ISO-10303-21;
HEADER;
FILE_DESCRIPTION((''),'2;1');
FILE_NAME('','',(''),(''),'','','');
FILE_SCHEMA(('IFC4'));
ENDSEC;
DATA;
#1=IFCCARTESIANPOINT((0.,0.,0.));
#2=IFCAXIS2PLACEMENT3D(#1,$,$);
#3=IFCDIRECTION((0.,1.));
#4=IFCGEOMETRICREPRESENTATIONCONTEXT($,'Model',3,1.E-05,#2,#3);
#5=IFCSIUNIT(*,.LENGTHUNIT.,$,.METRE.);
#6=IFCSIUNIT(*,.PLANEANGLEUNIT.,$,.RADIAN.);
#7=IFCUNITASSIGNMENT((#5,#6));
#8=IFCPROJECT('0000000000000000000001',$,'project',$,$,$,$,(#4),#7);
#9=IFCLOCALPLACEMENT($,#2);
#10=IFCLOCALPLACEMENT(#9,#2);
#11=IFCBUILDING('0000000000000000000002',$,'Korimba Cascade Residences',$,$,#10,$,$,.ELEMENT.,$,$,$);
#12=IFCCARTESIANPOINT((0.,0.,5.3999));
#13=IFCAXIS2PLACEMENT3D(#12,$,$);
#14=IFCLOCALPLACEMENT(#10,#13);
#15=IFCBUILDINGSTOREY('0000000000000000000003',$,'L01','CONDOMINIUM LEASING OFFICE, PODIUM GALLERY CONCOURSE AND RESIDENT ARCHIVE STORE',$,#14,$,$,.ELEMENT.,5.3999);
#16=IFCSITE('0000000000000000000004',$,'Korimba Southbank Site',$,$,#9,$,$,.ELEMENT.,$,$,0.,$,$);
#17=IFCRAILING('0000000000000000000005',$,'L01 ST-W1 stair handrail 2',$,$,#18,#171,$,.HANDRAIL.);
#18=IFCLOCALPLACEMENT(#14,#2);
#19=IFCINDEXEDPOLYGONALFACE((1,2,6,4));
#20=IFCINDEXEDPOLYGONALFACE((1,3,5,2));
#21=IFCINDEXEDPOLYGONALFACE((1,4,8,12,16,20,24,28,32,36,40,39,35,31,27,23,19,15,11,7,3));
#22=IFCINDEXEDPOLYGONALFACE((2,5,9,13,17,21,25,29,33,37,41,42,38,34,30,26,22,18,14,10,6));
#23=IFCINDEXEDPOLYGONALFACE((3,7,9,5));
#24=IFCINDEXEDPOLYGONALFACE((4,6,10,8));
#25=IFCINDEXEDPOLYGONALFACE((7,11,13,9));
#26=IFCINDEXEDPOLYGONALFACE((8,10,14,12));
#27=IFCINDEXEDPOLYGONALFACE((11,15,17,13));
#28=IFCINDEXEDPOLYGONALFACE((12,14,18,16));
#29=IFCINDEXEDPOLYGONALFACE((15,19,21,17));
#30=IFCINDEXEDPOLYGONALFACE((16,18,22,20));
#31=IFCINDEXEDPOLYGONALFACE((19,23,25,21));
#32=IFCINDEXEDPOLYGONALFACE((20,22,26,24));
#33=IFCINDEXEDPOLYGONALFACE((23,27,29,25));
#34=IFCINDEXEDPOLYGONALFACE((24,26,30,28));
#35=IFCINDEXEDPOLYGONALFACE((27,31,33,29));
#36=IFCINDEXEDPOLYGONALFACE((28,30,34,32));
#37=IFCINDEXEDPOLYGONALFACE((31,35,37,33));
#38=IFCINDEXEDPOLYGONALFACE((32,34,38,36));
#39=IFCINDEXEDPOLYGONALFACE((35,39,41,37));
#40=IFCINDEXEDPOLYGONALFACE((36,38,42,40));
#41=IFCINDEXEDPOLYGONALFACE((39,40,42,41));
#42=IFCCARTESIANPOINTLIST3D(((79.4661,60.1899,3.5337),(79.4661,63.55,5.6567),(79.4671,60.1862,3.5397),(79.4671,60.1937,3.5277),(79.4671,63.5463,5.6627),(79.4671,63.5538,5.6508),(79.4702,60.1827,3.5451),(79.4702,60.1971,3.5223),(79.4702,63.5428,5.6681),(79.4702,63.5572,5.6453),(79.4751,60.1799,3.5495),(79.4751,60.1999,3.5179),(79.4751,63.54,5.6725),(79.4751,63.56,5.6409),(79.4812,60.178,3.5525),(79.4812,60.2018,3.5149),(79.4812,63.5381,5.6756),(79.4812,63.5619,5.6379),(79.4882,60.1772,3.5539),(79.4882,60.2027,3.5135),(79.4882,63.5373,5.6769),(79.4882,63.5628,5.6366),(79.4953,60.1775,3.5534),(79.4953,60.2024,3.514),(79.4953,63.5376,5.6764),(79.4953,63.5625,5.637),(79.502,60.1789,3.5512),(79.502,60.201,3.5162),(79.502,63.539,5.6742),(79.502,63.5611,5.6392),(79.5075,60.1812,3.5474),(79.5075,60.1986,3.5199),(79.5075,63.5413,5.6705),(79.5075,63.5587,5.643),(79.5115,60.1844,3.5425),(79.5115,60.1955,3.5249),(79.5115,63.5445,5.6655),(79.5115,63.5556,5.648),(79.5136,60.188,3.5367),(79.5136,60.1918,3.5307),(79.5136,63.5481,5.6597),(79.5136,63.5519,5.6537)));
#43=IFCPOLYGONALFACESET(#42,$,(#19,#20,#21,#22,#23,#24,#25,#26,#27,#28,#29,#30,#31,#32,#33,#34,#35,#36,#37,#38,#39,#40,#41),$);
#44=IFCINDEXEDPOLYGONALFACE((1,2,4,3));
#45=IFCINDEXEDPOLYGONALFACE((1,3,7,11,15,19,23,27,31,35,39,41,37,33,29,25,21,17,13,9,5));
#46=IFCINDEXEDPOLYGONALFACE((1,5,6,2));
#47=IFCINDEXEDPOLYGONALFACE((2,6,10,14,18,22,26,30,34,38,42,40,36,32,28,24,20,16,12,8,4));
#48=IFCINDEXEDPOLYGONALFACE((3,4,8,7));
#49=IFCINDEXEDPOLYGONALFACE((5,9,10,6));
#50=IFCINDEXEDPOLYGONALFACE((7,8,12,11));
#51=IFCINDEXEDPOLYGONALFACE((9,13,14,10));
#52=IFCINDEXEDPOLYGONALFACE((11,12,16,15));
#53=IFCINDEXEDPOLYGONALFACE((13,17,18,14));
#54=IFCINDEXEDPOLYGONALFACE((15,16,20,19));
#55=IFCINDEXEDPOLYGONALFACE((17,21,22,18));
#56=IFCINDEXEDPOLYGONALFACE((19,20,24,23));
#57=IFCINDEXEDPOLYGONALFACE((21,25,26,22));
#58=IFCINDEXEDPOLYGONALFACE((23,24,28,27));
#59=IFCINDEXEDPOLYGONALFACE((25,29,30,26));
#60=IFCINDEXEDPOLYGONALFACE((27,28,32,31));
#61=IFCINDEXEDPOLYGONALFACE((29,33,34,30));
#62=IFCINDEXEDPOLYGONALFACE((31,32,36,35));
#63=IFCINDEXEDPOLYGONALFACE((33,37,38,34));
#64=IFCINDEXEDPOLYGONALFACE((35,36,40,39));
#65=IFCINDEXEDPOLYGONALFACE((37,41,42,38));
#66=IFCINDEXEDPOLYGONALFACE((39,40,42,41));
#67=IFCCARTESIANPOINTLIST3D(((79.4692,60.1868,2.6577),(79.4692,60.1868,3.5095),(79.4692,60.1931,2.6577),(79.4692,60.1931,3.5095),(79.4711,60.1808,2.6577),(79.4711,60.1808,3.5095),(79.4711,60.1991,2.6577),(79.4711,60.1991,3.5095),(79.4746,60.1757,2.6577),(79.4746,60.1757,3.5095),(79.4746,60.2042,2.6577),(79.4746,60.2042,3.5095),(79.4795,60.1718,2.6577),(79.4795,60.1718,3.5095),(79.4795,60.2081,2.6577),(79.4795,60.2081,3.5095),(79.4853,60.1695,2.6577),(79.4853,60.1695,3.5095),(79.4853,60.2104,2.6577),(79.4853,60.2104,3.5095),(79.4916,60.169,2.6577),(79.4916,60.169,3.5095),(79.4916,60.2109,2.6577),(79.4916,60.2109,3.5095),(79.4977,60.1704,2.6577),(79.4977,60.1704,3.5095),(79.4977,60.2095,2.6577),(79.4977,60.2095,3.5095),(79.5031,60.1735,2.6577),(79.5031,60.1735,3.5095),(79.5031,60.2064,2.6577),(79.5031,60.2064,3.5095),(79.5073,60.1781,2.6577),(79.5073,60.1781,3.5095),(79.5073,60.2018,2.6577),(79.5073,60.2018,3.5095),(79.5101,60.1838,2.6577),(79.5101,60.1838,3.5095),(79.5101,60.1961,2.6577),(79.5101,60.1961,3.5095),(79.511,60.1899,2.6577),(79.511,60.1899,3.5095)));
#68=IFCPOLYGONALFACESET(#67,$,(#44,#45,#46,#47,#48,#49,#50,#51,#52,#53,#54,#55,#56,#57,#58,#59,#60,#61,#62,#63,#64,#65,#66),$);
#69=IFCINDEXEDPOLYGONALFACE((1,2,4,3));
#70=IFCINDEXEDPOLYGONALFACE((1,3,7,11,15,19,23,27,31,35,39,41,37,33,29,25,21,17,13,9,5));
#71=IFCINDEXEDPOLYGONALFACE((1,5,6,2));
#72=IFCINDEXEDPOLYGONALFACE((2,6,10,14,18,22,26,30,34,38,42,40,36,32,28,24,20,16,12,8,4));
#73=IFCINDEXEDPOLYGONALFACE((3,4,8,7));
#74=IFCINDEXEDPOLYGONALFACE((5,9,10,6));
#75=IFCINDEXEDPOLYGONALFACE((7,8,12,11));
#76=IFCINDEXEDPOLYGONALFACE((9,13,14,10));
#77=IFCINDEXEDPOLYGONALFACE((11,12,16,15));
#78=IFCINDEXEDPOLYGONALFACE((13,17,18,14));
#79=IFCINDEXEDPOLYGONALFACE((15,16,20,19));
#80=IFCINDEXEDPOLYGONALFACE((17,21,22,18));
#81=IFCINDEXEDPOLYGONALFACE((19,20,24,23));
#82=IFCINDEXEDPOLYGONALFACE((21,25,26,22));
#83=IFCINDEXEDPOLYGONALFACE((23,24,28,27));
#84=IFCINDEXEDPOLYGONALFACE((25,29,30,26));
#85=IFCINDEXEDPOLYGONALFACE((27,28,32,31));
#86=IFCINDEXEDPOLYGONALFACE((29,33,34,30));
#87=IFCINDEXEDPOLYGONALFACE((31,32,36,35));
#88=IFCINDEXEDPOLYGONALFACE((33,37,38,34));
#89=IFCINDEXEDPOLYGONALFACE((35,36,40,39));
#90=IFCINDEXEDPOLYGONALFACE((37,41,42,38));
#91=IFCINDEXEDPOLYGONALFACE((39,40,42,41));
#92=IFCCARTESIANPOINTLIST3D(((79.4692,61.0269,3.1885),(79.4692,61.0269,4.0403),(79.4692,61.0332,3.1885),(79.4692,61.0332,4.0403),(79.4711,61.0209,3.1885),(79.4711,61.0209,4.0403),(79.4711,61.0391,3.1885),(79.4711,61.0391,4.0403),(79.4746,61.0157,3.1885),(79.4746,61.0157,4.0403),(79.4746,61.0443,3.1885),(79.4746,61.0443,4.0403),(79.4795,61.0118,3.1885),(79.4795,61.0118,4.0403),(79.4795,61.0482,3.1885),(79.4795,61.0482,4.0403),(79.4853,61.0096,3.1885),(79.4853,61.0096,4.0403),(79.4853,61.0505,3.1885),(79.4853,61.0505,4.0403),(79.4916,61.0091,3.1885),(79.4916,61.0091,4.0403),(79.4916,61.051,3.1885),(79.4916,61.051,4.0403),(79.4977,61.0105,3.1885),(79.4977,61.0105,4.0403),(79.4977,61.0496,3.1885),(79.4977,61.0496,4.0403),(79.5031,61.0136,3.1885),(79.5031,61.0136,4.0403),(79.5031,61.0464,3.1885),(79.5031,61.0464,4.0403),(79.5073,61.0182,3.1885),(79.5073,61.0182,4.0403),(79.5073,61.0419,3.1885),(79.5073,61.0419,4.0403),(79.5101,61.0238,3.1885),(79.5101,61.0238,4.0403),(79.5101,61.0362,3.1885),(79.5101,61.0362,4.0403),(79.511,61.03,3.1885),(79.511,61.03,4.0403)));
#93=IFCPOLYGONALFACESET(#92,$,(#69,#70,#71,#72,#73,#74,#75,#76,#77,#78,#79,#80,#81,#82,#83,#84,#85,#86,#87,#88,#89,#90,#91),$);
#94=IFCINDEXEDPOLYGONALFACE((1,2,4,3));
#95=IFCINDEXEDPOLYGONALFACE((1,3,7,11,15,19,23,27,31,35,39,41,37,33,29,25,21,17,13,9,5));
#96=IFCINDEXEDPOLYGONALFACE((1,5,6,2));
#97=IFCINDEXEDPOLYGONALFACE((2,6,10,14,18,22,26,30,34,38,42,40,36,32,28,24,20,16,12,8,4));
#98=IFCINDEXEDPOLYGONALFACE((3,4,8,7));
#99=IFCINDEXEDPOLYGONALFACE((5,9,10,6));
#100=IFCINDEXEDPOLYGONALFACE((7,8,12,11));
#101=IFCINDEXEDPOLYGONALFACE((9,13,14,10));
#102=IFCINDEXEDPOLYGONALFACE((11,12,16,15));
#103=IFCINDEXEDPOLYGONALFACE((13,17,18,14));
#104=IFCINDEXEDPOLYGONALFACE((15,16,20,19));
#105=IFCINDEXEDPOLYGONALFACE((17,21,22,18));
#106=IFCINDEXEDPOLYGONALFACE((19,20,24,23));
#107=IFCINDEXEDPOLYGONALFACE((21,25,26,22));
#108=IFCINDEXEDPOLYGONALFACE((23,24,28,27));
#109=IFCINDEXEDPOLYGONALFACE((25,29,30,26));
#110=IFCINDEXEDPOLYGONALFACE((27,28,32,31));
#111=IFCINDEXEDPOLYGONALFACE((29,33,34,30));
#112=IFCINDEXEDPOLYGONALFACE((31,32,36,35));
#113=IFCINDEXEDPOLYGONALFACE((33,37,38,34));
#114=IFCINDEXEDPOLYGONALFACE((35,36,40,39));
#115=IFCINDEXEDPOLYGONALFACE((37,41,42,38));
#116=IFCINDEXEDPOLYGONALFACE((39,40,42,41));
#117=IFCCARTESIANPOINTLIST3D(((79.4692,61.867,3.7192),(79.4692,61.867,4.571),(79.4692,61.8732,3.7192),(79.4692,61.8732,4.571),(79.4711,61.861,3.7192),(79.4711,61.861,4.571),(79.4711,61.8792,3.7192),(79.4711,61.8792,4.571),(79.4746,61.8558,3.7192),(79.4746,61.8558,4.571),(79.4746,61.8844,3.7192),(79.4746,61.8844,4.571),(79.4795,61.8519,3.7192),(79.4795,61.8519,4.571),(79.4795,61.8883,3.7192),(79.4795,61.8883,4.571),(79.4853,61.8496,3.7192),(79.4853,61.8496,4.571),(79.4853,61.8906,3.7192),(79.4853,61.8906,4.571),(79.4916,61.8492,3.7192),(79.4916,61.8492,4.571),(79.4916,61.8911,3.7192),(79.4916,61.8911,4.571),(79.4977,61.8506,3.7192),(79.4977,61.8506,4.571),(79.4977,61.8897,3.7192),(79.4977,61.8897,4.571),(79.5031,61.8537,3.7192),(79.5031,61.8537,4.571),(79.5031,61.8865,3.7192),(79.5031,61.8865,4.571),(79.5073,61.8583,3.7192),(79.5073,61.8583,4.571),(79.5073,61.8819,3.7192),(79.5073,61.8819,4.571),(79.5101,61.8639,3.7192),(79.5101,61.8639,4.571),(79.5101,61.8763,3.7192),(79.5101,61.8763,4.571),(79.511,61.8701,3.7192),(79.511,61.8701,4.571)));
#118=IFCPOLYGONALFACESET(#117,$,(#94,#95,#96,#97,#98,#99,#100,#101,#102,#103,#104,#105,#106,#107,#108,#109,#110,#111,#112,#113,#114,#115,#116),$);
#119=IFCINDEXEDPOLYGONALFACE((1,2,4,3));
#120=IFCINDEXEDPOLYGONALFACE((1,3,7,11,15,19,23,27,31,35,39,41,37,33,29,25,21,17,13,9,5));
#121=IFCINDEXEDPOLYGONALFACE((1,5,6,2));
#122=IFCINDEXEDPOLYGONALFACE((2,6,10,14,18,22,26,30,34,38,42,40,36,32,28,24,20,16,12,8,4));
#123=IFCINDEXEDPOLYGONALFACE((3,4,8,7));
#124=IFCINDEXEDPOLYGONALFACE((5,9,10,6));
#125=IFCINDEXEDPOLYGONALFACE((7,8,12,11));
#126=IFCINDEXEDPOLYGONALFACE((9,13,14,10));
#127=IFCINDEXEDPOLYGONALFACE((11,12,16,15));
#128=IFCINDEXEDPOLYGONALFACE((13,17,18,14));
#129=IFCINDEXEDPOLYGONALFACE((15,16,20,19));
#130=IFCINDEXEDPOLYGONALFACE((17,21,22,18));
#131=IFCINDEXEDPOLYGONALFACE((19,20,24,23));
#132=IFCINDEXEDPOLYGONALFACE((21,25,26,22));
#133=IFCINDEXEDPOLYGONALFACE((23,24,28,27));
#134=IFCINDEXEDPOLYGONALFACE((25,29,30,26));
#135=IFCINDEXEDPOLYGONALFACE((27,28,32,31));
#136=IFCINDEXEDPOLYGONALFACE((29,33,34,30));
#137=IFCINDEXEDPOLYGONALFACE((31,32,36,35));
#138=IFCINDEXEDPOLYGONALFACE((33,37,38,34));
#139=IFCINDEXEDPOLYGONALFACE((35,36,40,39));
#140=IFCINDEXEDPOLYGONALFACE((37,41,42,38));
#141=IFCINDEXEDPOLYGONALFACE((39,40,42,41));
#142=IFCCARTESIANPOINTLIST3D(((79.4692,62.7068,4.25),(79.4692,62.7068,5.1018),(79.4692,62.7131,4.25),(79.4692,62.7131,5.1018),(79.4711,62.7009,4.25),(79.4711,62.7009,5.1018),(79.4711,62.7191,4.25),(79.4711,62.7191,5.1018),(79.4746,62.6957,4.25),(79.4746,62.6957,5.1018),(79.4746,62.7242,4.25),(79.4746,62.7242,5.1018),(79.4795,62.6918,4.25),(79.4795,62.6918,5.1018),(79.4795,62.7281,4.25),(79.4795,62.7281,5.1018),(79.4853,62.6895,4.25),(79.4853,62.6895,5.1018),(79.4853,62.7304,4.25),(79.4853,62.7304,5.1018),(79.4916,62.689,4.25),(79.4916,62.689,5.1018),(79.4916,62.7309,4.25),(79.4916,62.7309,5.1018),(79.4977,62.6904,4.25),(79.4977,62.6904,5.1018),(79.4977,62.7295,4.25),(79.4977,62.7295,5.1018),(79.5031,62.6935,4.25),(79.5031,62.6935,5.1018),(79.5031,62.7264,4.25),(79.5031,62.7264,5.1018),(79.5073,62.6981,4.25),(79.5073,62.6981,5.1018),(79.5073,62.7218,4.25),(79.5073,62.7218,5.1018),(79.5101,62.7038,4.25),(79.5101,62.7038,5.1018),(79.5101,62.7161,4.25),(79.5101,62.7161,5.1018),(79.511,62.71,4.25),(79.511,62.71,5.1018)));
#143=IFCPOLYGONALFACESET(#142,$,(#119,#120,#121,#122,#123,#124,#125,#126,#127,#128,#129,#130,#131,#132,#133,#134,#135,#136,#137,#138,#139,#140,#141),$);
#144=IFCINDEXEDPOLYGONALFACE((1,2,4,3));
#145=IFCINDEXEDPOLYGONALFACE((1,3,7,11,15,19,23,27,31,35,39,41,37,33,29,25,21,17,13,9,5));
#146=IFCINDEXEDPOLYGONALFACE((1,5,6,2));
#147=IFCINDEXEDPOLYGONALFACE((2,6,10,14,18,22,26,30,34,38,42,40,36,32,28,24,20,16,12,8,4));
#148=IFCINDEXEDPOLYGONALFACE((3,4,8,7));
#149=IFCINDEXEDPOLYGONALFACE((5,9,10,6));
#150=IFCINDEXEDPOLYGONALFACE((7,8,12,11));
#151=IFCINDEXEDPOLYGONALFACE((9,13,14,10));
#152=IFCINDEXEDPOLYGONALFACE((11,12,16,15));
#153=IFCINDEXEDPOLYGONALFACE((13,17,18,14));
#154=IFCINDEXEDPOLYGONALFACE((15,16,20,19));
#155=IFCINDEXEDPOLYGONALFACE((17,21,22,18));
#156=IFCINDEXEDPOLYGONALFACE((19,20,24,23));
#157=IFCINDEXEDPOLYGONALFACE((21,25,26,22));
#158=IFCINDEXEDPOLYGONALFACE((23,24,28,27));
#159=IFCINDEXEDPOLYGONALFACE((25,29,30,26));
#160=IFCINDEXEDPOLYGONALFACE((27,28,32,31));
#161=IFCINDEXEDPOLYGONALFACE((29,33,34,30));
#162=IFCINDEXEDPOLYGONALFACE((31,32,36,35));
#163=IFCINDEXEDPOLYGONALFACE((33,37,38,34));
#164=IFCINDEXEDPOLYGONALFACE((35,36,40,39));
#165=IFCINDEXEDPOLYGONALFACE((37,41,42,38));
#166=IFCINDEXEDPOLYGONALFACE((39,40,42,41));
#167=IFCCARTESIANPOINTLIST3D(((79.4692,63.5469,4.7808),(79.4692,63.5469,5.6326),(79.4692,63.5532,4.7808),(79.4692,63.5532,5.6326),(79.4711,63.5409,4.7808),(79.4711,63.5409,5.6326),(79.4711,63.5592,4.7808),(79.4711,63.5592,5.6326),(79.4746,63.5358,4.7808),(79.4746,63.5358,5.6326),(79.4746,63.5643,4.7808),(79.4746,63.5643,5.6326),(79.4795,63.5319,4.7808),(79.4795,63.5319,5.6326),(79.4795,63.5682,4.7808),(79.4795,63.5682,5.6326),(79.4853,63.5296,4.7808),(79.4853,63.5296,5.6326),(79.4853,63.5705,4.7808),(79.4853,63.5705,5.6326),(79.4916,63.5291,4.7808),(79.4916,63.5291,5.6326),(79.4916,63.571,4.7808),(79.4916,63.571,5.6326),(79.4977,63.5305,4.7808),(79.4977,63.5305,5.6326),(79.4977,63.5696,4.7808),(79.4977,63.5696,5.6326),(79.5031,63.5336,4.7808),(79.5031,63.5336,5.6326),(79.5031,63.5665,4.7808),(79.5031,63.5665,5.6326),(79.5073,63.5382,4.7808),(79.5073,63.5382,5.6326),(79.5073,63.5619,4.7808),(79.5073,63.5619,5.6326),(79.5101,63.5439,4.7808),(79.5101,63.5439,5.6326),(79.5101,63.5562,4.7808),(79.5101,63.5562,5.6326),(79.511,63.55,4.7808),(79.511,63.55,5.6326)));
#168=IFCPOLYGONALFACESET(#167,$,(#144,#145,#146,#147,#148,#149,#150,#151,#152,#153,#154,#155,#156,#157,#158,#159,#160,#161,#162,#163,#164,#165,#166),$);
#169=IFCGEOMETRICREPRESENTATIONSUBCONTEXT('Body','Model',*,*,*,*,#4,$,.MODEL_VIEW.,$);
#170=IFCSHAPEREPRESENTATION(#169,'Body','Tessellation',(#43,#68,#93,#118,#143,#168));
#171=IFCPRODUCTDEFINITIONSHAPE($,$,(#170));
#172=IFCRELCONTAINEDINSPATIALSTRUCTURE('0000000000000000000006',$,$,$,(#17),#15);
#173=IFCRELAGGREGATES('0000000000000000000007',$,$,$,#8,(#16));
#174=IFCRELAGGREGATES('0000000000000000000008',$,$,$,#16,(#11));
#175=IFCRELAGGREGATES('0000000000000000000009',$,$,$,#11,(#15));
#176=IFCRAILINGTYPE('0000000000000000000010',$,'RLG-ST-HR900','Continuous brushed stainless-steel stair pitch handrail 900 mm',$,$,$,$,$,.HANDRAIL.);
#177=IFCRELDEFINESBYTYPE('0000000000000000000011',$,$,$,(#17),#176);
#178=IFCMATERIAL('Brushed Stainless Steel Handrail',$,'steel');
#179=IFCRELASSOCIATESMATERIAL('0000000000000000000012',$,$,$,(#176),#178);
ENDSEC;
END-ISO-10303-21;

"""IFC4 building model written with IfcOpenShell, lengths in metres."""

from ifc_helpers import new_model, si_unit, direction, frame, origin, origin_2d, place, context, subcontext, project, spatial, circle, extrude, material, type_object, element, save


model = new_model("IFC4")

# Units and contexts
model_context = context("Model", 3, precision=1e-05, world=origin(), true_north=direction((0.0, 1.0)))
body_context = subcontext(model_context, "Body", "Model", "MODEL_VIEW")
ifc_project = project(units=[si_unit("LENGTHUNIT", "METRE"), si_unit("PLANEANGLEUNIT", "RADIAN")], contexts=[model_context])

# Site, building, storey
site_placement = place(None, origin())
site = spatial("IfcSite", under=ifc_project, at=site_placement, Name="Korimba Southbank Site", CompositionType="ELEMENT", RefElevation=0.0)
building_placement = place(site_placement, origin())
building = spatial("IfcBuilding", under=site, at=building_placement, Name="Korimba Cascade Residences", CompositionType="ELEMENT")
storey_placement = place(building_placement, frame((0.0, 0.0, 5.3999)))
storey = spatial("IfcBuildingStorey", under=building, at=storey_placement, Name="L01", Description="CONDOMINIUM LEASING OFFICE, PODIUM GALLERY CONCOURSE AND RESIDENT ARCHIVE STORE", CompositionType="ELEMENT", Elevation=5.3999)

# Railing
ifc_material_1 = material(Name="Brushed Stainless Steel Handrail", Category="steel")
railing_type_1 = type_object("IfcRailingType", Name="RLG-ST-HR900", Description="Continuous brushed stainless-steel stair pitch handrail 900 mm", PredefinedType="HANDRAIL", material=ifc_material_1)
railing_1_placement = place(storey_placement, frame((79.49, 60.1899, 2.6577)))
element("IfcRailing", 1, at=railing_1_placement, inside=storey, type_object=railing_type_1, Name="L01 ST-W1 stair handrail 2", PredefinedType="HANDRAIL", context=body_context, shape_type="SweptSolid", body=[
    extrude(circle(Radius=0.0239, at=origin_2d()), frame((0.0, 0.0, 0.876), z_axis=(0.0, 0.84539, 0.53415), x_axis=(-1.0, 0.0, 0.0)), (0.0, 0.0, 1.0), 3.9746),
    extrude(circle(Radius=0.021, at=origin_2d()), origin(), (0.0, 0.0, 1.0), 0.8518),
    extrude(circle(Radius=0.021, at=origin_2d()), frame((0.0, 0.8401, 0.5308)), (0.0, 0.0, 1.0), 0.8518),
    extrude(circle(Radius=0.021, at=origin_2d()), frame((0.0, 1.6802, 1.0615)), (0.0, 0.0, 1.0), 0.8518),
    extrude(circle(Radius=0.021, at=origin_2d()), frame((0.0, 2.52, 1.5923)), (0.0, 0.0, 1.0), 0.8518),
    extrude(circle(Radius=0.021, at=origin_2d()), frame((0.0, 3.3601, 2.123)), (0.0, 0.0, 1.0), 0.8518),
])

save(model, "model.ifc")
